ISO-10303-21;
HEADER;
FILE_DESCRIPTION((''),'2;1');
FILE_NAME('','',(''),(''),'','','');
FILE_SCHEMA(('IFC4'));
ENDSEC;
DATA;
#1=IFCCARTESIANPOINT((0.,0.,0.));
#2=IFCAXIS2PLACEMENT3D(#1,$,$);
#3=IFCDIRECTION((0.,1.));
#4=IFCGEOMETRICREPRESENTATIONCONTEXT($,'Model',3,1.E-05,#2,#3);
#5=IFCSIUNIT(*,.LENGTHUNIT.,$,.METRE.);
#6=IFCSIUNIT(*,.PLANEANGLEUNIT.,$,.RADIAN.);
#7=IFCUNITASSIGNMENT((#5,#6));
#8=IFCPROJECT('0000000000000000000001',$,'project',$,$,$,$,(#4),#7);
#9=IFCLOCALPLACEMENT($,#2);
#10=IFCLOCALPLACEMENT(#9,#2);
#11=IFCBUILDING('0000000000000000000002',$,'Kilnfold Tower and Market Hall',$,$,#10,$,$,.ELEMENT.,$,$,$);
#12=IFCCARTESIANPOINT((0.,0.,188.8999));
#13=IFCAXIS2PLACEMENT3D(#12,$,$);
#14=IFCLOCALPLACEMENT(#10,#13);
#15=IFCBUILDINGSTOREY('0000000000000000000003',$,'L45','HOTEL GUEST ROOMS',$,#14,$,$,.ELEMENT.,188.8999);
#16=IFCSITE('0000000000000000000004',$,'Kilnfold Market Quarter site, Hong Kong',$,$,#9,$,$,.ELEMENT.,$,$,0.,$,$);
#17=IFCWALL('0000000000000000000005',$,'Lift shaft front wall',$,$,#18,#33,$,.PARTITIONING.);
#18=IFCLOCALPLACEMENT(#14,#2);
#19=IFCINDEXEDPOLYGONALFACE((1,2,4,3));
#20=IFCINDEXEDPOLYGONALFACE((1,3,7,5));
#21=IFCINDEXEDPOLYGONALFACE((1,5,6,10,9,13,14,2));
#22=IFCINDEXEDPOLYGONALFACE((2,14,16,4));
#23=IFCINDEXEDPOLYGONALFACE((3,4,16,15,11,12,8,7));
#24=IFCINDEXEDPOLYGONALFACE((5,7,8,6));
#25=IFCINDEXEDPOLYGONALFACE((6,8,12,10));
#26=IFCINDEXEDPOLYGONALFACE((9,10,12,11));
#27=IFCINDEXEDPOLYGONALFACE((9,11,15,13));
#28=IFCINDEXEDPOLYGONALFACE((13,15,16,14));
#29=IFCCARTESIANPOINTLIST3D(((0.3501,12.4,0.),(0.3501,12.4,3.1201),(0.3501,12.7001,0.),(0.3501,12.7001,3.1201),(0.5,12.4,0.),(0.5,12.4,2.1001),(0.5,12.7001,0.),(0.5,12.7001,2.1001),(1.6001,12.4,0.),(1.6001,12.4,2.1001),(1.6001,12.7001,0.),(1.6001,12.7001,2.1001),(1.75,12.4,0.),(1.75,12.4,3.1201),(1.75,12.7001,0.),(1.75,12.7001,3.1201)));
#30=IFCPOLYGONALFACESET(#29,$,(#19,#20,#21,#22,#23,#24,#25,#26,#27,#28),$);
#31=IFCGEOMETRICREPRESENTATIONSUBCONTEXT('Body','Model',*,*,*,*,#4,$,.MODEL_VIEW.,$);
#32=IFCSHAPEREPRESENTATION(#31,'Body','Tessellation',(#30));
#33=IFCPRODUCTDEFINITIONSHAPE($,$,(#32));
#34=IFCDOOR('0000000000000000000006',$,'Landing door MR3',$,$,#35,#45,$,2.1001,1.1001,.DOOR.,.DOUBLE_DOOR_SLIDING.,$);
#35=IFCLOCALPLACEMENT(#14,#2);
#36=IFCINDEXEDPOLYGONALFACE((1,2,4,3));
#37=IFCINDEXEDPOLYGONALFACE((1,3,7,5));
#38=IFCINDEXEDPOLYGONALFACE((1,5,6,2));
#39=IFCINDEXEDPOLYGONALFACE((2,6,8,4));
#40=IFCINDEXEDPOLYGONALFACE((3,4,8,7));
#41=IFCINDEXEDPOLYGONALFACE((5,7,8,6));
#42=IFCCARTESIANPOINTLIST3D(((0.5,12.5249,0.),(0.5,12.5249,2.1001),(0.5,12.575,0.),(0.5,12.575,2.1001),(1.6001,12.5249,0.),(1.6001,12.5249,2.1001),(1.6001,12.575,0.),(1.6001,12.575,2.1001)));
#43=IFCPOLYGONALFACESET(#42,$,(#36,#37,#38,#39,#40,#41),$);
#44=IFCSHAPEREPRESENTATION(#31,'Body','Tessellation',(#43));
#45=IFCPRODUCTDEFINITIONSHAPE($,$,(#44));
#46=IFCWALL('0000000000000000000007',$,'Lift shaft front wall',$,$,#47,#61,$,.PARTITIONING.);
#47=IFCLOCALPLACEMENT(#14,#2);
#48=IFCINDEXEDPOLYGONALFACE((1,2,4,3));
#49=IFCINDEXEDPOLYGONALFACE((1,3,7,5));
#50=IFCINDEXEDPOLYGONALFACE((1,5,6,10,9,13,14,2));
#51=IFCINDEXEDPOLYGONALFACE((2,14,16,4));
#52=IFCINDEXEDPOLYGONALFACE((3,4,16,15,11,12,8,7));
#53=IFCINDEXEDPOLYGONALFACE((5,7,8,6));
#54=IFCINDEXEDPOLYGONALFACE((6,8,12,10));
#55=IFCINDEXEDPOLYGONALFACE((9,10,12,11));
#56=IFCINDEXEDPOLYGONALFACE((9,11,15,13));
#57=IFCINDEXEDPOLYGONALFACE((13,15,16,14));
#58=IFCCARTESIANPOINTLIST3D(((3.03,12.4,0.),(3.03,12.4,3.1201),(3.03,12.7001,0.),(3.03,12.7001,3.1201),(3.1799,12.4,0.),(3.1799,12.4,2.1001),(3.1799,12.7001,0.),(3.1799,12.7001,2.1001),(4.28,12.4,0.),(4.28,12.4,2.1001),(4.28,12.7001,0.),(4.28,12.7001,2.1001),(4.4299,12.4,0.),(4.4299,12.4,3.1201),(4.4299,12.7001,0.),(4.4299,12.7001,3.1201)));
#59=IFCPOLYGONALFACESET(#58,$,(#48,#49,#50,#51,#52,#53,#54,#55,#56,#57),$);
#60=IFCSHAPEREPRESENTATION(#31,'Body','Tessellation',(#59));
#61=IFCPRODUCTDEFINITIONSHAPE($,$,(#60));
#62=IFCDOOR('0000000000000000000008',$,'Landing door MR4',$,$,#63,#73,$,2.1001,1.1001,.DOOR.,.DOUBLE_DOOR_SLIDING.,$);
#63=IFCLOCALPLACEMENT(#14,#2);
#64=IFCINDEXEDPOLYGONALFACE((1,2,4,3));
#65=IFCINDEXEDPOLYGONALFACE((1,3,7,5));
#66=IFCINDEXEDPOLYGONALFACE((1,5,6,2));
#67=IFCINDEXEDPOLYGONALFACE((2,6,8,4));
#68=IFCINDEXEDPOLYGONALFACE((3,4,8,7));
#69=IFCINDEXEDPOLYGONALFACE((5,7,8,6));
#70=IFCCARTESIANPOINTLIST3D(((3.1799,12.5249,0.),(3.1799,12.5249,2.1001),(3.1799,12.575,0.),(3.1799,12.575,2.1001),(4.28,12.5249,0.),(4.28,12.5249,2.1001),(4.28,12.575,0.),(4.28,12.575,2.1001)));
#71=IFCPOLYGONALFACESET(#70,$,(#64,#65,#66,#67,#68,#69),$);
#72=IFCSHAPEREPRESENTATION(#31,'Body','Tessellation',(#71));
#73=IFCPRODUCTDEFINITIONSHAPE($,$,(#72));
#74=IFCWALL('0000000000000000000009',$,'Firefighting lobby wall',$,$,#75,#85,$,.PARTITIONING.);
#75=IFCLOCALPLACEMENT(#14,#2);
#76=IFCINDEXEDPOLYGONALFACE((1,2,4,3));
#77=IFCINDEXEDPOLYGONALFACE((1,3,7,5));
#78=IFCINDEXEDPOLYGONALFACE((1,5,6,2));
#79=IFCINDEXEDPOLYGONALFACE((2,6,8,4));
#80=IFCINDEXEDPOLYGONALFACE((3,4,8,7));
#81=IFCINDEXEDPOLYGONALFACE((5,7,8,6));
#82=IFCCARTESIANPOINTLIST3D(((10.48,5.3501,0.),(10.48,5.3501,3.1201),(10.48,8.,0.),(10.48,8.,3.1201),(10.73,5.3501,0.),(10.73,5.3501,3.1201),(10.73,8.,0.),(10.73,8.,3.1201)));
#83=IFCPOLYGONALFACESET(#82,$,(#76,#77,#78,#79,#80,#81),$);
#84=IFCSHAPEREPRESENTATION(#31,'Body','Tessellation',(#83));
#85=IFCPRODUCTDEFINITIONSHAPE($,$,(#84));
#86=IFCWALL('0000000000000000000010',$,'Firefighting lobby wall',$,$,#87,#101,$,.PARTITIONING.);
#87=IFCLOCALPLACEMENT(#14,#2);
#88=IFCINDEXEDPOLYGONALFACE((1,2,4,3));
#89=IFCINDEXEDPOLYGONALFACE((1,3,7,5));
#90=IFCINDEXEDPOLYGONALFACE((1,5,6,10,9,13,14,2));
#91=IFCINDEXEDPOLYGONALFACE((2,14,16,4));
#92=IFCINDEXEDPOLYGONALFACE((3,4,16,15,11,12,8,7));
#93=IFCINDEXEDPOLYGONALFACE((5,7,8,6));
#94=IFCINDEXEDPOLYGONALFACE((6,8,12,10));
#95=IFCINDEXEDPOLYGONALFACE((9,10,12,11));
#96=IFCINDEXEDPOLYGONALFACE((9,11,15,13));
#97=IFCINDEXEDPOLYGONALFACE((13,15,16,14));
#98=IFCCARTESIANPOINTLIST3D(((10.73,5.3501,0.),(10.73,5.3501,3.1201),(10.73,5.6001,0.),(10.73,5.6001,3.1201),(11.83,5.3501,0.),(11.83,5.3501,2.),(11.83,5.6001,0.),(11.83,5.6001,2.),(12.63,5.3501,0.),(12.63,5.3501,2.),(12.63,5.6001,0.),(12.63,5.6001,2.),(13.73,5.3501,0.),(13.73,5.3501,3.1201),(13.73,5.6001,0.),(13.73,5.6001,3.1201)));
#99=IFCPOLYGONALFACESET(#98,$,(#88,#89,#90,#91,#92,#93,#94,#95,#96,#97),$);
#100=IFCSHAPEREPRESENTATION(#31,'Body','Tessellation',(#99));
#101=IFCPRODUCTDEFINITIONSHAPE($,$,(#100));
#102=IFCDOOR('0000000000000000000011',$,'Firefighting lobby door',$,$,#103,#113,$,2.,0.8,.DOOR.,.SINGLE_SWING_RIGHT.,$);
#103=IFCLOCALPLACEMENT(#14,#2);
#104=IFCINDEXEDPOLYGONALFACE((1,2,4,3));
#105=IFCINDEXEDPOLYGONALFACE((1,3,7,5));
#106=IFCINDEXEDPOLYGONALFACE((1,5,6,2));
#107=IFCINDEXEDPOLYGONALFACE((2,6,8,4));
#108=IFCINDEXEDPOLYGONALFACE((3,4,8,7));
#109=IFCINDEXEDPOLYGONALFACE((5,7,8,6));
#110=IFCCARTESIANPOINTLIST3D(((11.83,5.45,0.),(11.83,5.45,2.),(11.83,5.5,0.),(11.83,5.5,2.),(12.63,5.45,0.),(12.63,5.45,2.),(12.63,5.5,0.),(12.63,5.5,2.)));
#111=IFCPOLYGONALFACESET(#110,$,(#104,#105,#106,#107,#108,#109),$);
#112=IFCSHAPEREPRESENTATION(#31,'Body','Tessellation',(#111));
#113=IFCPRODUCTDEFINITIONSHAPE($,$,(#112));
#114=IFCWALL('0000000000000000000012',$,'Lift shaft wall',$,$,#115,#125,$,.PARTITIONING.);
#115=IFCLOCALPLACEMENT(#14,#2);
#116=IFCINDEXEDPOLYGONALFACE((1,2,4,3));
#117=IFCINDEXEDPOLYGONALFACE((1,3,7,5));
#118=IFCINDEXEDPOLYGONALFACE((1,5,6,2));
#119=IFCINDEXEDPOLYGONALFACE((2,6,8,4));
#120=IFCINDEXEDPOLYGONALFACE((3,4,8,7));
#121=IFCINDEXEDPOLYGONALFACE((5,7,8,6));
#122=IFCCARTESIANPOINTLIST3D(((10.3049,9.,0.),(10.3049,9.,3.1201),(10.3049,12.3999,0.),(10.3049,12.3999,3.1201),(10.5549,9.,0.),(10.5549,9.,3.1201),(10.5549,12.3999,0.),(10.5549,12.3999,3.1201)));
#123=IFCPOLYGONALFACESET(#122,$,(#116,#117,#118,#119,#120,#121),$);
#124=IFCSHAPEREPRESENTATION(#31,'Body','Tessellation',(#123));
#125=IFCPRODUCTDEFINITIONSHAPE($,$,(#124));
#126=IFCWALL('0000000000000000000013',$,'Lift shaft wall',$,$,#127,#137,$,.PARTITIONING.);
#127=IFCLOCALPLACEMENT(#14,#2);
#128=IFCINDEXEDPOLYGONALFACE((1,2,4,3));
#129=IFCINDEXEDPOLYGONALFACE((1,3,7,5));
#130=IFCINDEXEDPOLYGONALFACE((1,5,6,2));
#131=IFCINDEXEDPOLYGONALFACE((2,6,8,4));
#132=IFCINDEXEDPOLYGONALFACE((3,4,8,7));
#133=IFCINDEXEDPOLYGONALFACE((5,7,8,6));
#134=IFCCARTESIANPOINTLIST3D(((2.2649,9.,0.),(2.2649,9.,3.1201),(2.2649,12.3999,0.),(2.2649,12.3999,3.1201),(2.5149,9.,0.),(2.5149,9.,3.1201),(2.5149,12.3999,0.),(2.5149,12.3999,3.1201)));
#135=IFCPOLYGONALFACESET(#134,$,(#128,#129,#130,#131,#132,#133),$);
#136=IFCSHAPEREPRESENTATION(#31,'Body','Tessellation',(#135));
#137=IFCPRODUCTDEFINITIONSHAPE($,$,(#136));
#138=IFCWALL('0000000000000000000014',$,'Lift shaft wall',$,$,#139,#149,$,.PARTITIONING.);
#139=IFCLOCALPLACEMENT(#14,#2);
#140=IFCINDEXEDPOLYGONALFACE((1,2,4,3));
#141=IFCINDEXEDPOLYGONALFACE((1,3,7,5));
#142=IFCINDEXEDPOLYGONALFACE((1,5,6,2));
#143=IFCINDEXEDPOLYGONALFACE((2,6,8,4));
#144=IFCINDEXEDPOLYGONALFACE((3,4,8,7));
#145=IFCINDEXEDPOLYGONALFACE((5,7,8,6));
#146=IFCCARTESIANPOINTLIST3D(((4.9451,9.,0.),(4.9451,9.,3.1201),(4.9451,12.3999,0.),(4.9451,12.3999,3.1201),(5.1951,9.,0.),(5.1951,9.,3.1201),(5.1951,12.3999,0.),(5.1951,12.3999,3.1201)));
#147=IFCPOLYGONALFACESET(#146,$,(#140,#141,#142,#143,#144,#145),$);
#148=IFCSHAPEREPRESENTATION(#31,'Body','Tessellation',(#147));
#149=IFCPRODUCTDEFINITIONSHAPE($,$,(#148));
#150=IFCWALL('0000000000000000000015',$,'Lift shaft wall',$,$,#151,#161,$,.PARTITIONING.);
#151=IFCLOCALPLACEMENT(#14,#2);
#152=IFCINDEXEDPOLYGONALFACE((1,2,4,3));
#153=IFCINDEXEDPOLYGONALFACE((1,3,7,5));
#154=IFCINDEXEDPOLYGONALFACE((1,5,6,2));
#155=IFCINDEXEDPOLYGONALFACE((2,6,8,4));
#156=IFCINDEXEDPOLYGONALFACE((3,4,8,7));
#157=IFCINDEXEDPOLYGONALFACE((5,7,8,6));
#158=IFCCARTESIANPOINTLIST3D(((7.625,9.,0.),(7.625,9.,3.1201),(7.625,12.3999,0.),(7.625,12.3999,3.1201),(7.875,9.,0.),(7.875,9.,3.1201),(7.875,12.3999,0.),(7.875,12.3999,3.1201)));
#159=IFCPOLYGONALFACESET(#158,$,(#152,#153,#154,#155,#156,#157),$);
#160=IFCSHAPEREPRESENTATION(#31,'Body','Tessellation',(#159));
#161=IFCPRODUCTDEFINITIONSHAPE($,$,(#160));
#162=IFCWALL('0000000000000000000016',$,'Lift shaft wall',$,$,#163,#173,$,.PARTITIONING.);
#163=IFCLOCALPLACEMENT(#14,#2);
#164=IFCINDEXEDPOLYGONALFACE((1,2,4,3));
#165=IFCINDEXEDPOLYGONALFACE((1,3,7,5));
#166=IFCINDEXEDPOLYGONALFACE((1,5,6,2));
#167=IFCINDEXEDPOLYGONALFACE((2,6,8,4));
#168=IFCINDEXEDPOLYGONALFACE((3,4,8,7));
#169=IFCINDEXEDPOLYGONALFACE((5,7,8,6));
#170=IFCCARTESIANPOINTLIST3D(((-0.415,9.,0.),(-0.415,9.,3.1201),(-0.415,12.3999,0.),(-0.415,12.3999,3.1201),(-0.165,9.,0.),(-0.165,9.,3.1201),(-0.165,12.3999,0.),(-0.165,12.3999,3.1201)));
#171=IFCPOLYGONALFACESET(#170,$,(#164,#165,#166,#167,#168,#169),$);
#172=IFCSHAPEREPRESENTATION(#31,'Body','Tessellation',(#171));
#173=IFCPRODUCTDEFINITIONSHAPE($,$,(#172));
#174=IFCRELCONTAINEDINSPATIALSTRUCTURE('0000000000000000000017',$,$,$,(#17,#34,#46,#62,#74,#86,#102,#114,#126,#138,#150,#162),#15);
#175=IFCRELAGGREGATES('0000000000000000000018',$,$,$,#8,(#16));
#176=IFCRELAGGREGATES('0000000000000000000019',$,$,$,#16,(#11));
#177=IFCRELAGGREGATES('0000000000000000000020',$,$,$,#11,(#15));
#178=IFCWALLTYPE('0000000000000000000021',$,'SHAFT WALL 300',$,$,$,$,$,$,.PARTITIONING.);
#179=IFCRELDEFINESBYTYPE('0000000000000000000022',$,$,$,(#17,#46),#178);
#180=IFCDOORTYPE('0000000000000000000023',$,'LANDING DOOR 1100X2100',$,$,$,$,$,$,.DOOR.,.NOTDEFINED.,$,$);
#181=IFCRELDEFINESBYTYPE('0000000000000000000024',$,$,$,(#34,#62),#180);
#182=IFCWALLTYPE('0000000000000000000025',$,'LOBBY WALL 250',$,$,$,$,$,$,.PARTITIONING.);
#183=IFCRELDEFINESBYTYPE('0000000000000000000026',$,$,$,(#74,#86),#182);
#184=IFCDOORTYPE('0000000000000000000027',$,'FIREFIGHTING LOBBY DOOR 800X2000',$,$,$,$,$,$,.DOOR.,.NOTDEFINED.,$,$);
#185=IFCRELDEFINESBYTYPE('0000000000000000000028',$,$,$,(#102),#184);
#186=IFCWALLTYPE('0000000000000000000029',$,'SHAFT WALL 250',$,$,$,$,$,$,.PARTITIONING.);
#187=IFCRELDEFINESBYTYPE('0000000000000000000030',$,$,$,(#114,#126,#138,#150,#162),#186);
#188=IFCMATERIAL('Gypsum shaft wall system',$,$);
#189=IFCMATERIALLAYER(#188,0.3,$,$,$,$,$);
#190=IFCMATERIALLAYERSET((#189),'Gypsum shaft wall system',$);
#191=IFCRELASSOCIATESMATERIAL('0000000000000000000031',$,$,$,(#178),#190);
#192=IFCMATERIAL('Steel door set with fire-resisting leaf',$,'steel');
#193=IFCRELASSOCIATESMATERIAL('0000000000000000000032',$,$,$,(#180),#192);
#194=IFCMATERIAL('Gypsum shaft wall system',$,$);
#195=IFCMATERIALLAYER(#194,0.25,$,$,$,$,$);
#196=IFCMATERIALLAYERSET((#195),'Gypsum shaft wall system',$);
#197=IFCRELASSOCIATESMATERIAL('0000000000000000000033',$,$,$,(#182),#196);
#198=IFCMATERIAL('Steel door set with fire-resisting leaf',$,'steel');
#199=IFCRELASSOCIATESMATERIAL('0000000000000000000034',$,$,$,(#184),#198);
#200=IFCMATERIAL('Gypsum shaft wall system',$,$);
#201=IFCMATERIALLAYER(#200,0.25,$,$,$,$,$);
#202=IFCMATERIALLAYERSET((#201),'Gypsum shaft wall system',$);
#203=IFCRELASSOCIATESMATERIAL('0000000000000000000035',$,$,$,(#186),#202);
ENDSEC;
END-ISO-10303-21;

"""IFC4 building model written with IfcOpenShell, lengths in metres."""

from ifc_helpers import new_model, si_unit, direction, frame, frame_2d, origin, place, context, subcontext, project, spatial, rectangle, extrude, source, transform, mapped, material, layer, layer_set, type_object, element, fill, save


model = new_model("IFC4")

# Units and contexts
model_context = context("Model", 3, precision=1e-05, world=origin(), true_north=direction((0.0, 1.0)))
body_context = subcontext(model_context, "Body", "Model", "MODEL_VIEW")
ifc_project = project(units=[si_unit("LENGTHUNIT", "METRE"), si_unit("PLANEANGLEUNIT", "RADIAN")], contexts=[model_context])

# Site, building, storey
site_placement = place(None, origin())
site = spatial("IfcSite", under=ifc_project, at=site_placement, Name="Kilnfold Market Quarter site, Hong Kong", CompositionType="ELEMENT", RefElevation=0.0)
building_placement = place(site_placement, origin())
building = spatial("IfcBuilding", under=site, at=building_placement, Name="Kilnfold Tower and Market Hall", CompositionType="ELEMENT")
storey_placement = place(building_placement, frame((0.0, 0.0, 188.8999)))
storey = spatial("IfcBuildingStorey", under=building, at=storey_placement, Name="L45", Description="HOTEL GUEST ROOMS", CompositionType="ELEMENT", Elevation=188.8999)

# Walls, openings, doors
ifc_material_1 = material(Name="Gypsum shaft wall system")
ifc_layer_1 = layer(ifc_material_1, 0.3)
ifc_layer_set_1 = layer_set([ifc_layer_1], Name="Gypsum shaft wall system")
wall_type_1 = type_object("IfcWallType", Name="SHAFT WALL 300", PredefinedType="PARTITIONING", material=ifc_layer_set_1)
shared_shape_1 = source(origin(), body_context, "Body", "SweptSolid", [
    extrude(rectangle(XDim=1.3999, YDim=0.3, at=frame_2d((0.7, 0.0))), origin(), (0.0, 0.0, 1.0), 3.1201),
])
wall_1_placement = place(storey_placement, frame((0.3501, 12.55, 0.0), z_axis=(0.0, 0.0, 1.0), x_axis=(1.0, 0.0, 0.0)))
wall_1 = element("IfcWall", 1, at=wall_1_placement, inside=storey, type_object=wall_type_1, Name="Lift shaft front wall", PredefinedType="PARTITIONING", context=body_context, shape_type="MappedRepresentation", body=[
    mapped(shared_shape_1, transform((0.0, 0.0, 0.0))),
])
opening_1_placement = place(wall_1_placement, frame((0.1499, 0.0, 0.0)))
opening_1 = element("IfcOpeningElement", 2, at=opening_1_placement, cuts=wall_1, PredefinedType="OPENING", context=body_context, shape_type="SweptSolid", body=[
    extrude(rectangle(XDim=1.1001, YDim=2.1001, at=frame_2d((0.55, 1.05))), frame((0.0, 0.1602, 0.0), z_axis=(0.0, -1.0, 0.0), x_axis=(1.0, 0.0, 0.0)), (0.0, 0.0, 1.0), 0.3201),
])
ifc_material_2 = material(Name="Steel door set with fire-resisting leaf", Category="steel")
door_type_1 = type_object("IfcDoorType", Name="LANDING DOOR 1100X2100", OperationType="NOTDEFINED", PredefinedType="DOOR", material=ifc_material_2)
door_1_placement = place(opening_1_placement, origin())
door_1 = element("IfcDoor", 3, at=door_1_placement, inside=storey, type_object=door_type_1, Name="Landing door MR3", OperationType="DOUBLE_DOOR_SLIDING", OverallHeight=2.1001, OverallWidth=1.1001, PredefinedType="DOOR", context=body_context, shape_type="SweptSolid", body=[
    extrude(rectangle(XDim=1.1001, YDim=2.1001, at=frame_2d((0.55, 1.05))), frame((0.0, 0.0249, 0.0), z_axis=(0.0, -1.0, 0.0), x_axis=(1.0, 0.0, 0.0)), (0.0, 0.0, 1.0), 0.05),
])
fill(opening_1, door_1)
wall_2_placement = place(storey_placement, frame((3.03, 12.55, 0.0), z_axis=(0.0, 0.0, 1.0), x_axis=(1.0, 0.0, 0.0)))
wall_2 = element("IfcWall", 4, at=wall_2_placement, inside=storey, type_object=wall_type_1, Name="Lift shaft front wall", PredefinedType="PARTITIONING", context=body_context, shape_type="MappedRepresentation", body=[
    mapped(shared_shape_1, transform((0.0, 0.0, 0.0))),
])
opening_2_placement = place(wall_2_placement, frame((0.1499, 0.0, 0.0)))
opening_2 = element("IfcOpeningElement", 5, at=opening_2_placement, cuts=wall_2, PredefinedType="OPENING", context=body_context, shape_type="SweptSolid", body=[
    extrude(rectangle(XDim=1.1001, YDim=2.1001, at=frame_2d((0.55, 1.05))), frame((0.0, 0.1602, 0.0), z_axis=(0.0, -1.0, 0.0), x_axis=(1.0, 0.0, 0.0)), (0.0, 0.0, 1.0), 0.3201),
])
door_2_placement = place(opening_2_placement, origin())
door_2 = element("IfcDoor", 6, at=door_2_placement, inside=storey, type_object=door_type_1, Name="Landing door MR4", OperationType="DOUBLE_DOOR_SLIDING", OverallHeight=2.1001, OverallWidth=1.1001, PredefinedType="DOOR", context=body_context, shape_type="SweptSolid", body=[
    extrude(rectangle(XDim=1.1001, YDim=2.1001, at=frame_2d((0.55, 1.05))), frame((0.0, 0.0249, 0.0), z_axis=(0.0, -1.0, 0.0), x_axis=(1.0, 0.0, 0.0)), (0.0, 0.0, 1.0), 0.05),
])
fill(opening_2, door_2)

# Wall
ifc_material_3 = material(Name="Gypsum shaft wall system")
ifc_layer_2 = layer(ifc_material_3, 0.25)
ifc_layer_set_2 = layer_set([ifc_layer_2], Name="Gypsum shaft wall system")
wall_type_2 = type_object("IfcWallType", Name="LOBBY WALL 250", PredefinedType="PARTITIONING", material=ifc_layer_set_2)
shared_shape_2 = source(origin(), body_context, "Body", "SweptSolid", [
    extrude(rectangle(XDim=2.6499, YDim=0.25, at=frame_2d((1.325, 0.0))), origin(), (0.0, 0.0, 1.0), 3.1201),
])
wall_3_placement = place(storey_placement, frame((10.605, 5.3501, 0.0), z_axis=(0.0, 0.0, 1.0), x_axis=(0.0, 1.0, 0.0)))
element("IfcWall", 7, at=wall_3_placement, inside=storey, type_object=wall_type_2, Name="Firefighting lobby wall", PredefinedType="PARTITIONING", context=body_context, shape_type="MappedRepresentation", body=[
    mapped(shared_shape_2, transform((0.0, 0.0, 0.0))),
])

# Wall, opening, door
shared_shape_3 = source(origin(), body_context, "Body", "SweptSolid", [
    extrude(rectangle(XDim=3.0, YDim=0.25, at=frame_2d((1.5, 0.0))), origin(), (0.0, 0.0, 1.0), 3.1201),
])
wall_4_placement = place(storey_placement, frame((10.73, 5.4751, 0.0), z_axis=(0.0, 0.0, 1.0), x_axis=(1.0, 0.0, 0.0)))
wall_4 = element("IfcWall", 8, at=wall_4_placement, inside=storey, type_object=wall_type_2, Name="Firefighting lobby wall", PredefinedType="PARTITIONING", context=body_context, shape_type="MappedRepresentation", body=[
    mapped(shared_shape_3, transform((0.0, 0.0, 0.0))),
])
opening_3_placement = place(wall_4_placement, frame((1.1001, 0.0, 0.0)))
opening_3 = element("IfcOpeningElement", 9, at=opening_3_placement, cuts=wall_4, PredefinedType="OPENING", context=body_context, shape_type="SweptSolid", body=[
    extrude(rectangle(XDim=0.8, YDim=2.0, at=frame_2d((0.3999, 1.0))), frame((0.0, 0.135, 0.0), z_axis=(0.0, -1.0, 0.0), x_axis=(1.0, 0.0, 0.0)), (0.0, 0.0, 1.0), 0.27),
])
ifc_material_4 = material(Name="Steel door set with fire-resisting leaf", Category="steel")
door_type_2 = type_object("IfcDoorType", Name="FIREFIGHTING LOBBY DOOR 800X2000", OperationType="NOTDEFINED", PredefinedType="DOOR", material=ifc_material_4)
door_3_placement = place(opening_3_placement, origin())
door_3 = element("IfcDoor", 10, at=door_3_placement, inside=storey, type_object=door_type_2, Name="Firefighting lobby door", OperationType="SINGLE_SWING_RIGHT", OverallHeight=2.0, OverallWidth=0.8, PredefinedType="DOOR", context=body_context, shape_type="SweptSolid", body=[
    extrude(rectangle(XDim=0.8, YDim=2.0, at=frame_2d((0.3999, 1.0))), frame((0.0, 0.0249, 0.0), z_axis=(0.0, -1.0, 0.0), x_axis=(1.0, 0.0, 0.0)), (0.0, 0.0, 1.0), 0.05),
])
fill(opening_3, door_3)

# Walls
ifc_material_5 = material(Name="Gypsum shaft wall system")
ifc_layer_3 = layer(ifc_material_5, 0.25)
ifc_layer_set_3 = layer_set([ifc_layer_3], Name="Gypsum shaft wall system")
wall_type_3 = type_object("IfcWallType", Name="SHAFT WALL 250", PredefinedType="PARTITIONING", material=ifc_layer_set_3)
shared_shape_4 = source(origin(), body_context, "Body", "SweptSolid", [
    extrude(rectangle(XDim=3.3999, YDim=0.25, at=frame_2d((1.7, 0.0))), origin(), (0.0, 0.0, 1.0), 3.1201),
])
for number, where, z_axis, x_axis, name in (
    (11, (10.4299, 9.0, 0.0), (0.0, 0.0, 1.0), (0.0, 1.0, 0.0), "Lift shaft wall"),
    (12, (2.3899, 9.0, 0.0), (0.0, 0.0, 1.0), (0.0, 1.0, 0.0), "Lift shaft wall"),
    (13, (5.0701, 9.0, 0.0), (0.0, 0.0, 1.0), (0.0, 1.0, 0.0), "Lift shaft wall"),
    (14, (7.75, 9.0, 0.0), (0.0, 0.0, 1.0), (0.0, 1.0, 0.0), "Lift shaft wall"),
    (15, (-0.29, 9.0, 0.0), (0.0, 0.0, 1.0), (0.0, 1.0, 0.0), "Lift shaft wall"),
):
    element("IfcWall", number, at=place(storey_placement, frame(where, z_axis=z_axis, x_axis=x_axis)), inside=storey, type_object=wall_type_3, Name=name, PredefinedType="PARTITIONING", context=body_context, shape_type="MappedRepresentation", body=[
        mapped(shared_shape_4, transform((0.0, 0.0, 0.0))),
    ])

save(model, "model.ifc")
